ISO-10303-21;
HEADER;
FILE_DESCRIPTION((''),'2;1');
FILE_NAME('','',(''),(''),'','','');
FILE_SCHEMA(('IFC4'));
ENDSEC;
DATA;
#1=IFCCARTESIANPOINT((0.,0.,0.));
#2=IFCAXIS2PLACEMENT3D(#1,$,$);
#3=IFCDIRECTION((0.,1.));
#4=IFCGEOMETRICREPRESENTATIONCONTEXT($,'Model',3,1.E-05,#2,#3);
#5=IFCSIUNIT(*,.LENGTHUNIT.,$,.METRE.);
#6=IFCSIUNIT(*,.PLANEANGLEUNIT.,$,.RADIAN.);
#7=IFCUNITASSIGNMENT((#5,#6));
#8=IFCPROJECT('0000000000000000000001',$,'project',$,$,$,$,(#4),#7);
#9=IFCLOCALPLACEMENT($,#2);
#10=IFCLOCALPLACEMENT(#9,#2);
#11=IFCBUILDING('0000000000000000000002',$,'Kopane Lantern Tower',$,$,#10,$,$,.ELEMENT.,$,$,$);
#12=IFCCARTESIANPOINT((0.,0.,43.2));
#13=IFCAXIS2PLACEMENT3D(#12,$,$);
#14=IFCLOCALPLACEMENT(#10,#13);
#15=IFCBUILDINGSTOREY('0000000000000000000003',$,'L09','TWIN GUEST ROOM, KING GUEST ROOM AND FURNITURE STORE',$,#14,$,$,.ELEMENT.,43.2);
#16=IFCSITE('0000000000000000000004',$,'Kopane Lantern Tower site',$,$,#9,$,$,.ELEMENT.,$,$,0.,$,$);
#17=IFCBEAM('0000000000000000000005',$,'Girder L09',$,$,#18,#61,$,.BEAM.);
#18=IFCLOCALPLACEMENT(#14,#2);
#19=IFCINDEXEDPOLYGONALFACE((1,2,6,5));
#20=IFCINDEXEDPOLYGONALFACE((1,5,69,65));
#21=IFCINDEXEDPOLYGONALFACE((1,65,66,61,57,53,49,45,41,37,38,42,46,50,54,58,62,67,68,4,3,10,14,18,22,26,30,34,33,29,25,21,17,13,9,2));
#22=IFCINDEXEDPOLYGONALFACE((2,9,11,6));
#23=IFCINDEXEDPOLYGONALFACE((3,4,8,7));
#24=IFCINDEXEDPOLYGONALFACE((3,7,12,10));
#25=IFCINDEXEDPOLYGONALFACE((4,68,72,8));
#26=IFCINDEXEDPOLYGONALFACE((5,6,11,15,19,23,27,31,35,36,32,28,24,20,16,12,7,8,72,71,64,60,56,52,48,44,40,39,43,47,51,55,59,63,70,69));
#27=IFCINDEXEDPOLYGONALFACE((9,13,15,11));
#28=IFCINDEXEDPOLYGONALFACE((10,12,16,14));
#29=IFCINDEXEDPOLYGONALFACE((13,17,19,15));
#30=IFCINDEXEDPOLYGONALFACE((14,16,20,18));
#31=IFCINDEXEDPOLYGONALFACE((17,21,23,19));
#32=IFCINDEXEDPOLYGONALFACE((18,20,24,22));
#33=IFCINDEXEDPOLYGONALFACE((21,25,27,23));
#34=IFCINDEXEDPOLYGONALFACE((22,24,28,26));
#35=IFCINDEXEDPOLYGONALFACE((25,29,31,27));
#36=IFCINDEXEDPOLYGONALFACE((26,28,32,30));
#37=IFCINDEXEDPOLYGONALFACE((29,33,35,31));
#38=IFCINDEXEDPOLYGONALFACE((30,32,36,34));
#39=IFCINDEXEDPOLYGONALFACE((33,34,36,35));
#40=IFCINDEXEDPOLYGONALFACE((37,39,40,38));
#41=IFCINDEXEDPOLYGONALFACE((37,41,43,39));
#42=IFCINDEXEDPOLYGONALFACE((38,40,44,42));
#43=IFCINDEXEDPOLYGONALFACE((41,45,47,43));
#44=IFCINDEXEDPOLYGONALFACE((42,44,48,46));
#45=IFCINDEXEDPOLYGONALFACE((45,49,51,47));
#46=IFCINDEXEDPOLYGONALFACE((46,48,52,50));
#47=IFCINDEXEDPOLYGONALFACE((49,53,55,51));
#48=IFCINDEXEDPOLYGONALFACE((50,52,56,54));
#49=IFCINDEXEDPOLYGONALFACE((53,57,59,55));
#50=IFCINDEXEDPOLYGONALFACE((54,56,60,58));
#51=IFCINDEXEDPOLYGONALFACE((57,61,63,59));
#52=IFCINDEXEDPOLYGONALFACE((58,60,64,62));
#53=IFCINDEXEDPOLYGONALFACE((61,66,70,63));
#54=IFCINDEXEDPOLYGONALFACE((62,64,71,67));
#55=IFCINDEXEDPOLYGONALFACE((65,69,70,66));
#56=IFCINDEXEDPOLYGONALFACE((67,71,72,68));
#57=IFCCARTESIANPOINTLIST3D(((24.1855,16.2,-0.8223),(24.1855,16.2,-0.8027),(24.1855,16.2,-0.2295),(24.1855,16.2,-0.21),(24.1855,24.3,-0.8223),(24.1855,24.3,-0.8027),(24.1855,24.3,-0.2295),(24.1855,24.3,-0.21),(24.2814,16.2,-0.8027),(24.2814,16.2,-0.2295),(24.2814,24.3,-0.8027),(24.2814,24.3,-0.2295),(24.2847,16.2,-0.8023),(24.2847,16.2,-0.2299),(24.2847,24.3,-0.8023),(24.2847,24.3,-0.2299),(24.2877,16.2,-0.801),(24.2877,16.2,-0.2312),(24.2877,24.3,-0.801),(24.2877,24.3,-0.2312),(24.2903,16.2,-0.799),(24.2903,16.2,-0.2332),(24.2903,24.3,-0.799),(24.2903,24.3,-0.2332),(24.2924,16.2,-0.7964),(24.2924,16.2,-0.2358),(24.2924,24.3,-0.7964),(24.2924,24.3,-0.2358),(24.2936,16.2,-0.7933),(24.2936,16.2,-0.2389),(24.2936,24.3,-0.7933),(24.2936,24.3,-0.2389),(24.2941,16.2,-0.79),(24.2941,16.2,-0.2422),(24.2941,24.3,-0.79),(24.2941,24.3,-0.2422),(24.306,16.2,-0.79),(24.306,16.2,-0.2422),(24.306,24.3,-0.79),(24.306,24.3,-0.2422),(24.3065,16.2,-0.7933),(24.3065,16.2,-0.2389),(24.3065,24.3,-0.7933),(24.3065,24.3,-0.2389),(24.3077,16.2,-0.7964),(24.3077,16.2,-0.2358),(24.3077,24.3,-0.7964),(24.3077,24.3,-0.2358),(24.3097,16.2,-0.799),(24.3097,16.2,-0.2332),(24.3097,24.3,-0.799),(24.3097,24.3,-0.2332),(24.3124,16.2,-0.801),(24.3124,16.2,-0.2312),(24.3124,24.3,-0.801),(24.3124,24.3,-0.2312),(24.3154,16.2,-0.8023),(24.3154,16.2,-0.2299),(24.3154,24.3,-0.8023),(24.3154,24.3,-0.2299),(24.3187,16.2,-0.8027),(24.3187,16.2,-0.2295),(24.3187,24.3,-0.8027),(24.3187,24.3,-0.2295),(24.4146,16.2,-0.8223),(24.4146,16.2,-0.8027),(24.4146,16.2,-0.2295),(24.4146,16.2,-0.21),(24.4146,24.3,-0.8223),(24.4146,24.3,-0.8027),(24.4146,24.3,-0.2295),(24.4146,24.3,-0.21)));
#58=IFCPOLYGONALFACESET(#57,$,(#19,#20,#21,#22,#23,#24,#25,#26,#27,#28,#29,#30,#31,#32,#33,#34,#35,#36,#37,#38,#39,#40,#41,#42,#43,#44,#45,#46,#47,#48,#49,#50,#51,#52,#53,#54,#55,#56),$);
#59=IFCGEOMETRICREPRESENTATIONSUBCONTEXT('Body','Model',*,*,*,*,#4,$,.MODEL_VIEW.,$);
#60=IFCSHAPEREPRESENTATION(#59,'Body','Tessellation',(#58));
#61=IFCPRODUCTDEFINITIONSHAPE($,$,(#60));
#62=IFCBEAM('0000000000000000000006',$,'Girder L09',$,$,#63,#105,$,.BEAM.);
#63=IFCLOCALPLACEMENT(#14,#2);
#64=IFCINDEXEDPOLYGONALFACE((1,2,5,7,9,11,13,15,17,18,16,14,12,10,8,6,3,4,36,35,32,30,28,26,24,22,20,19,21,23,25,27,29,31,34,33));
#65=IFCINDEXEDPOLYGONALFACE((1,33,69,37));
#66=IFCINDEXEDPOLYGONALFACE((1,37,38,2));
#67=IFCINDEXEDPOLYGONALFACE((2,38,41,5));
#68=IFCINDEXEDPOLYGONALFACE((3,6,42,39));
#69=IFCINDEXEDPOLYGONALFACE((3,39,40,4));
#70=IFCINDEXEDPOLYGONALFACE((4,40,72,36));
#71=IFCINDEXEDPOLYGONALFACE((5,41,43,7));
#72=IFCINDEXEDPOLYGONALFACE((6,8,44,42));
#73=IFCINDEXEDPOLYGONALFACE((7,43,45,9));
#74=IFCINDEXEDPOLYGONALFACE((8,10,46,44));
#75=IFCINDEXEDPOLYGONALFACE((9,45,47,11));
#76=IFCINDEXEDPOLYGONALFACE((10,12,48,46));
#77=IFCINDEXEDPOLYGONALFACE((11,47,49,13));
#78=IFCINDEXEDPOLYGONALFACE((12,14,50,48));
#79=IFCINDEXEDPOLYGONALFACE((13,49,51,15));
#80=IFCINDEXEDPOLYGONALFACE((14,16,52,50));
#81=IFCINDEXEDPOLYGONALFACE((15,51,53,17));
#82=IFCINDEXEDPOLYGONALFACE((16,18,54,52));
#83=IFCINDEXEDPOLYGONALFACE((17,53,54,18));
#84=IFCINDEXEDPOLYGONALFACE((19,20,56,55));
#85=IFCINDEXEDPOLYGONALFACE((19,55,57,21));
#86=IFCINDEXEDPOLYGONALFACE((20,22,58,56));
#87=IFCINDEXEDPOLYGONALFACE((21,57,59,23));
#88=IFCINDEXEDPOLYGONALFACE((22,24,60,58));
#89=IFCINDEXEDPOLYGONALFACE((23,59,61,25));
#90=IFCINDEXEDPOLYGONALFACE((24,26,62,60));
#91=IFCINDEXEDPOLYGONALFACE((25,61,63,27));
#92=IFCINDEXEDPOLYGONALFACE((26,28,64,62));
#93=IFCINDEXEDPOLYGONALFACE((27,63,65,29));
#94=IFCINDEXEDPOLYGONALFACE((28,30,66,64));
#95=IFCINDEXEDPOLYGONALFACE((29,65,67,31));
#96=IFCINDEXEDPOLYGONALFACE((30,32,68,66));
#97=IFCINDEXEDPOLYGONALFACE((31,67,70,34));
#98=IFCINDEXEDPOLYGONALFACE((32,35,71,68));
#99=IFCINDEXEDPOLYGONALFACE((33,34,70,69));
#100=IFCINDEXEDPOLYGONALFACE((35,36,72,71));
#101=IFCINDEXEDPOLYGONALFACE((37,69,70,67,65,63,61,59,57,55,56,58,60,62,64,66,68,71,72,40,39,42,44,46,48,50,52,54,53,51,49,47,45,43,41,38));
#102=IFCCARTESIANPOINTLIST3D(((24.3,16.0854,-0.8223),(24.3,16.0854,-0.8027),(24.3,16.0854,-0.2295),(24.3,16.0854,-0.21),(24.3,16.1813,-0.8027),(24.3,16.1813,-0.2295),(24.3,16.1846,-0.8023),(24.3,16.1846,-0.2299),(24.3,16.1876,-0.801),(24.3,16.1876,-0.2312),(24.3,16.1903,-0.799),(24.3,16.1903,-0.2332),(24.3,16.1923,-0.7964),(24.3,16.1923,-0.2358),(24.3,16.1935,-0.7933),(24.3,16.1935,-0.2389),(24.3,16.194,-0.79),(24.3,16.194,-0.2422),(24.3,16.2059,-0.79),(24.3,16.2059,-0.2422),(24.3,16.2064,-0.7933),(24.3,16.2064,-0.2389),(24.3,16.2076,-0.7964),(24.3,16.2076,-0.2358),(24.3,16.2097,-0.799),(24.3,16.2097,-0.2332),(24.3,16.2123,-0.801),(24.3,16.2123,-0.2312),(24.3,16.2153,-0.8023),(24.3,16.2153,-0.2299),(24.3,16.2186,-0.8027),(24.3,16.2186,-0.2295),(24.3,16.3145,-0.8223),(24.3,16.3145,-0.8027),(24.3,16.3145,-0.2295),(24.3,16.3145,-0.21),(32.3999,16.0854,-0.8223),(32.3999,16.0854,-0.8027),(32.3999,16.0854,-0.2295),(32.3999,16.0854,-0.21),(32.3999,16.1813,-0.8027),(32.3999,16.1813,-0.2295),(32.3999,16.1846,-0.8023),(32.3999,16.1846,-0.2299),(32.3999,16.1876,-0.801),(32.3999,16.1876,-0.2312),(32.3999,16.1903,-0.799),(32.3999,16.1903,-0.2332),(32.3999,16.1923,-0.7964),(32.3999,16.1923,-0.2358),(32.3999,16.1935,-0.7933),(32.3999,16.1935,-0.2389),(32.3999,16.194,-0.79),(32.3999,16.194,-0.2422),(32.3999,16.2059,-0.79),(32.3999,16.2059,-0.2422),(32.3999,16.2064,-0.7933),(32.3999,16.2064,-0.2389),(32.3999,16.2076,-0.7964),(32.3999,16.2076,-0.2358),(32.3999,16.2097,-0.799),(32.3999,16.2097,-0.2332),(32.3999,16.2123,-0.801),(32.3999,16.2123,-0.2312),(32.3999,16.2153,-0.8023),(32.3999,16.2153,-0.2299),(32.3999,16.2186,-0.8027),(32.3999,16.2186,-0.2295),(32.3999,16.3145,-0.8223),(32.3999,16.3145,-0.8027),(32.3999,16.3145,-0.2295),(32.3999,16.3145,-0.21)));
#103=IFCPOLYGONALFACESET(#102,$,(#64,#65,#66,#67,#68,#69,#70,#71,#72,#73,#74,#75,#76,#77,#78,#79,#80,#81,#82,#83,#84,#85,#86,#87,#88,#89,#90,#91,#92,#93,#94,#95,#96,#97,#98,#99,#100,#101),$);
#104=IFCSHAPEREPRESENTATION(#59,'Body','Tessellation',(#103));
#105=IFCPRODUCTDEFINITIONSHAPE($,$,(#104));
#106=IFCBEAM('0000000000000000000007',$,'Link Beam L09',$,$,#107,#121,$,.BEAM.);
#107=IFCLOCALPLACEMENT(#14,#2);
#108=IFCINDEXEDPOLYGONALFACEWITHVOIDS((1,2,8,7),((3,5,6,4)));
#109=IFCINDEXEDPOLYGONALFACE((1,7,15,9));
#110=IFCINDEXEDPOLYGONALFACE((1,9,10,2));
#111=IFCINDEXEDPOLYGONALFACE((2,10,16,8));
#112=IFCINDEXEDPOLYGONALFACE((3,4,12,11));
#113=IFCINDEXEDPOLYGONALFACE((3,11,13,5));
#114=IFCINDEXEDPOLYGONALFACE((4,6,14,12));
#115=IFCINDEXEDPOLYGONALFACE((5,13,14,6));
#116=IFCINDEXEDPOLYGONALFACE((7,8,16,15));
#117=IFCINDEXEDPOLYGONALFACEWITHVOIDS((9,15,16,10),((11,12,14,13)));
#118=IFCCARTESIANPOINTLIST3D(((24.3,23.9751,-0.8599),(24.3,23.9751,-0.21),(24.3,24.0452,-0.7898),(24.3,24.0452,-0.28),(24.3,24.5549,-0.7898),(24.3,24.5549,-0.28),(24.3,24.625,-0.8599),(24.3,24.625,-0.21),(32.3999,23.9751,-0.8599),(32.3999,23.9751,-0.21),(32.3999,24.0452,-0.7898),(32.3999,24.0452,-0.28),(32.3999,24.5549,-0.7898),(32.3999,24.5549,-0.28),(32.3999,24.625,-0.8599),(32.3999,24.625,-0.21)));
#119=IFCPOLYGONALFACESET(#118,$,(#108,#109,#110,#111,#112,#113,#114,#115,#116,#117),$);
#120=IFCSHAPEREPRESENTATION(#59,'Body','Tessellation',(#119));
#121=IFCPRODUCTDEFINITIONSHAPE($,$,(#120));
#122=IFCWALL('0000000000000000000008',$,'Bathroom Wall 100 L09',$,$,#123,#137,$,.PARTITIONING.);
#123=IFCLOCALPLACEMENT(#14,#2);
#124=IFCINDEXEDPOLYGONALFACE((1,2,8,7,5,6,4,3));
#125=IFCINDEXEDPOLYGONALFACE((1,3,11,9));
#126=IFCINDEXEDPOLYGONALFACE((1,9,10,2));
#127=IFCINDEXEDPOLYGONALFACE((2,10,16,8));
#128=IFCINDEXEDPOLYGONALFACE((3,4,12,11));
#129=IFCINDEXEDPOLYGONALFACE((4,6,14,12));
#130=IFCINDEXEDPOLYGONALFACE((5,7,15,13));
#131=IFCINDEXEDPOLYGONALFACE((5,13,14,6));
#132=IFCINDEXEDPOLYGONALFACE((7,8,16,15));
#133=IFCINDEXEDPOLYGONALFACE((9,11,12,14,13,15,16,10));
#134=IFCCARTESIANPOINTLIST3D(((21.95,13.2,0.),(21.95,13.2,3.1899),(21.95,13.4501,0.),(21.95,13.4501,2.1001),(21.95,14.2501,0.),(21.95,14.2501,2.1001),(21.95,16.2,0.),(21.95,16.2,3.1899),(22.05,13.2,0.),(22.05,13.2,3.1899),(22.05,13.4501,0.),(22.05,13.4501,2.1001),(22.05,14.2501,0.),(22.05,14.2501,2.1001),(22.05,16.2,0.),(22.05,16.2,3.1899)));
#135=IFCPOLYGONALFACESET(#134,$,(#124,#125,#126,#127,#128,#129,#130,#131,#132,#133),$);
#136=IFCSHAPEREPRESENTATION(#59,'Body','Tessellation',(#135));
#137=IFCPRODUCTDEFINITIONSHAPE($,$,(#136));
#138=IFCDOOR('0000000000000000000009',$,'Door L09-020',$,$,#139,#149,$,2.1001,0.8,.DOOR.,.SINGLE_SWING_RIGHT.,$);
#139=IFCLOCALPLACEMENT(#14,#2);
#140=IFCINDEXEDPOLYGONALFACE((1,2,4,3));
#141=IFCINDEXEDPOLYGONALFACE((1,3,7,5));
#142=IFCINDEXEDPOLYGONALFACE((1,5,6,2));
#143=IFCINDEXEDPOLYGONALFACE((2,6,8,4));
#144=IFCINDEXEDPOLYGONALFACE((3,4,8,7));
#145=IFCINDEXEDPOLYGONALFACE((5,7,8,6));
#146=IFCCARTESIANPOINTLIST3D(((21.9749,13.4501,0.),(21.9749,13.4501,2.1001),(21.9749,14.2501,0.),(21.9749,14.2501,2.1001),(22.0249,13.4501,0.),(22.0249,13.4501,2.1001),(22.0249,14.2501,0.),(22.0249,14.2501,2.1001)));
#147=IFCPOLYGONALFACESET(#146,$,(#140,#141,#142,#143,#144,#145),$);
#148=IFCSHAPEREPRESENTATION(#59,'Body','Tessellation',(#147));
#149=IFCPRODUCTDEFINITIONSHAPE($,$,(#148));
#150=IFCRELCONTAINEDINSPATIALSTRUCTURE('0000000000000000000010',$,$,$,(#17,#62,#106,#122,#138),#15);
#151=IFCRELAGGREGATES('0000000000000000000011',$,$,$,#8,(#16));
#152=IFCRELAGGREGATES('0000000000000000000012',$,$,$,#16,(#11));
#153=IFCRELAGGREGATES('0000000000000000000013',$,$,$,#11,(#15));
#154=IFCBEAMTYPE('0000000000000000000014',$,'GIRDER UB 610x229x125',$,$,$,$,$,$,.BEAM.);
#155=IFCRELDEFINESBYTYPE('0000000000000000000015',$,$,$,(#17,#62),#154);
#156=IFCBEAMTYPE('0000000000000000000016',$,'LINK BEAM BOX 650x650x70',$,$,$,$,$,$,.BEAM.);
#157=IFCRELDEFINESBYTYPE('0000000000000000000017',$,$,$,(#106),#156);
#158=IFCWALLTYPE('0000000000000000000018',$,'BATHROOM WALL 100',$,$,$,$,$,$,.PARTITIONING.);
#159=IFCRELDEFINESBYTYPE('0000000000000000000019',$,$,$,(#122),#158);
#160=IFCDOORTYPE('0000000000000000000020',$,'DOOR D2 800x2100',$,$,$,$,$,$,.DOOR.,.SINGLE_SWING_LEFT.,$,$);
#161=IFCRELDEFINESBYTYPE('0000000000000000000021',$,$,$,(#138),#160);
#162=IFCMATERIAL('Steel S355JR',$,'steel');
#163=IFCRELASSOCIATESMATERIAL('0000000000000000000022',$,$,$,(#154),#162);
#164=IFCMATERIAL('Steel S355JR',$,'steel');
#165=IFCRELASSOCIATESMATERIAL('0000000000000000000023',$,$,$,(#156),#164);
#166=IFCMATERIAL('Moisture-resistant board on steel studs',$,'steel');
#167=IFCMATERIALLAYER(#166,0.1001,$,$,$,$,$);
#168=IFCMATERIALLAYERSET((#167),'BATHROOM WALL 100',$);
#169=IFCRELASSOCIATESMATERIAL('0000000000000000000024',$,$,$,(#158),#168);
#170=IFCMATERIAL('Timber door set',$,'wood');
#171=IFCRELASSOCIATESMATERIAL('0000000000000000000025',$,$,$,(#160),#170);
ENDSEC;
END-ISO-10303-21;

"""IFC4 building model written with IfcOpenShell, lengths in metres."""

from ifc_helpers import new_model, si_unit, direction, frame, frame_2d, origin, origin_2d, place, context, subcontext, project, spatial, rectangle, hollow_rectangle, i_section, extrude, material, layer, layer_set, material_profile, profile_set, type_object, element, fill, save


model = new_model("IFC4")

# Units and contexts
model_context = context("Model", 3, precision=1e-05, world=origin(), true_north=direction((0.0, 1.0)))
body_context = subcontext(model_context, "Body", "Model", "MODEL_VIEW")
ifc_project = project(units=[si_unit("LENGTHUNIT", "METRE"), si_unit("PLANEANGLEUNIT", "RADIAN")], contexts=[model_context])

# Site, building, storey
site_placement = place(None, origin())
site = spatial("IfcSite", under=ifc_project, at=site_placement, Name="Kopane Lantern Tower site", CompositionType="ELEMENT", RefElevation=0.0)
building_placement = place(site_placement, origin())
building = spatial("IfcBuilding", under=site, at=building_placement, Name="Kopane Lantern Tower", CompositionType="ELEMENT")
storey_placement = place(building_placement, frame((0.0, 0.0, 43.2)))
storey = spatial("IfcBuildingStorey", under=building, at=storey_placement, Name="L09", Description="TWIN GUEST ROOM, KING GUEST ROOM AND FURNITURE STORE", CompositionType="ELEMENT", Elevation=43.2)

# Beams
ifc_material_1 = material(Name="Steel S355JR", Category="steel")
ifc_material_profile_1 = material_profile(ifc_material_1, i_section(OverallWidth=0.229, OverallDepth=0.6123, WebThickness=0.012, FlangeThickness=0.0195, FilletRadius=0.0127, at=origin_2d()), Name="UB 610x229x125")
ifc_profile_set_1 = profile_set([ifc_material_profile_1], Name="Steel S355JR")
beam_type_1 = type_object("IfcBeamType", Name="GIRDER UB 610x229x125", PredefinedType="BEAM", material=ifc_profile_set_1)
for number, where, z_axis, x_axis, name in (
    (1, (24.3, 16.2, -0.5161), (0.0, 1.0, 0.0), (-1.0, 0.0, 0.0), "Girder L09"),
):
    element("IfcBeam", number, at=place(storey_placement, frame(where, z_axis=z_axis, x_axis=x_axis)), inside=storey, type_object=beam_type_1, Name=name, PredefinedType="BEAM", context=body_context, shape_type="SweptSolid", body=[
        extrude(i_section(OverallWidth=0.229, OverallDepth=0.6123, WebThickness=0.012, FlangeThickness=0.0195, FilletRadius=0.0127, at=origin_2d()), origin(), (0.0, 0.0, 1.0), 8.1001),
    ])
beam_1_placement = place(storey_placement, frame((24.3, 16.2, -0.5161), z_axis=(1.0, 0.0, 0.0), x_axis=(0.0, 1.0, 0.0)))
element("IfcBeam", 2, at=beam_1_placement, inside=storey, type_object=beam_type_1, Name="Girder L09", PredefinedType="BEAM", context=body_context, shape_type="SweptSolid", body=[
    extrude(i_section(OverallWidth=0.229, OverallDepth=0.6123, WebThickness=0.012, FlangeThickness=0.0195, FilletRadius=0.0127, at=origin_2d()), origin(), (0.0, 0.0, 1.0), 8.0999),
])
ifc_material_2 = material(Name="Steel S355JR", Category="steel")
ifc_material_profile_2 = material_profile(ifc_material_2, hollow_rectangle(XDim=0.6499, YDim=0.6499, WallThickness=0.0701, at=origin_2d()), Name="BOX 650x650x70")
ifc_profile_set_2 = profile_set([ifc_material_profile_2], Name="Steel S355JR")
beam_type_2 = type_object("IfcBeamType", Name="LINK BEAM BOX 650x650x70", PredefinedType="BEAM", material=ifc_profile_set_2)
beam_2_placement = place(storey_placement, frame((24.3, 24.3, -0.5349), z_axis=(1.0, 0.0, 0.0), x_axis=(0.0, 1.0, 0.0)))
element("IfcBeam", 3, at=beam_2_placement, inside=storey, type_object=beam_type_2, Name="Link Beam L09", PredefinedType="BEAM", context=body_context, shape_type="SweptSolid", body=[
    extrude(hollow_rectangle(XDim=0.6499, YDim=0.6499, WallThickness=0.0701, at=origin_2d()), origin(), (0.0, 0.0, 1.0), 8.0999),
])

# Wall, opening, door
ifc_material_3 = material(Name="Moisture-resistant board on steel studs", Category="steel")
ifc_layer_1 = layer(ifc_material_3, 0.1001)
ifc_layer_set_1 = layer_set([ifc_layer_1], Name="BATHROOM WALL 100")
wall_type_1 = type_object("IfcWallType", Name="BATHROOM WALL 100", PredefinedType="PARTITIONING", material=ifc_layer_set_1)
wall_1_placement = place(storey_placement, frame((22.0, 16.2, 0.0), z_axis=(0.0, 0.0, 1.0), x_axis=(0.0, -1.0, 0.0)))
wall_1 = element("IfcWall", 4, at=wall_1_placement, inside=storey, type_object=wall_type_1, Name="Bathroom Wall 100 L09", PredefinedType="PARTITIONING", context=body_context, shape_type="SweptSolid", body=[
    extrude(rectangle(XDim=3.0, YDim=0.1001, at=frame_2d((1.5, 0.0))), origin(), (0.0, 0.0, 1.0), 3.1899),
])
opening_1_placement = place(wall_1_placement, frame((1.95, 0.0, 0.0)))
opening_1 = element("IfcOpeningElement", 5, at=opening_1_placement, cuts=wall_1, PredefinedType="OPENING", context=body_context, shape_type="SweptSolid", body=[
    extrude(rectangle(XDim=0.8, YDim=2.1001, at=frame_2d((0.3999, 1.05))), frame((0.0, 0.0601, 0.0), z_axis=(0.0, -1.0, 0.0), x_axis=(1.0, 0.0, 0.0)), (0.0, 0.0, 1.0), 0.1201),
])
ifc_material_4 = material(Name="Timber door set", Category="wood")
door_type_1 = type_object("IfcDoorType", Name="DOOR D2 800x2100", OperationType="SINGLE_SWING_LEFT", PredefinedType="DOOR", material=ifc_material_4)
door_1_placement = place(opening_1_placement, origin())
door_1 = element("IfcDoor", 6, at=door_1_placement, inside=storey, type_object=door_type_1, Name="Door L09-020", OperationType="SINGLE_SWING_RIGHT", OverallHeight=2.1001, OverallWidth=0.8, PredefinedType="DOOR", context=body_context, shape_type="SweptSolid", body=[
    extrude(rectangle(XDim=0.8, YDim=2.1001, at=frame_2d((0.3999, 1.05))), frame((0.0, 0.0249, 0.0), z_axis=(0.0, -1.0, 0.0), x_axis=(1.0, 0.0, 0.0)), (0.0, 0.0, 1.0), 0.05),
])
fill(opening_1, door_1)

save(model, "model.ifc")
